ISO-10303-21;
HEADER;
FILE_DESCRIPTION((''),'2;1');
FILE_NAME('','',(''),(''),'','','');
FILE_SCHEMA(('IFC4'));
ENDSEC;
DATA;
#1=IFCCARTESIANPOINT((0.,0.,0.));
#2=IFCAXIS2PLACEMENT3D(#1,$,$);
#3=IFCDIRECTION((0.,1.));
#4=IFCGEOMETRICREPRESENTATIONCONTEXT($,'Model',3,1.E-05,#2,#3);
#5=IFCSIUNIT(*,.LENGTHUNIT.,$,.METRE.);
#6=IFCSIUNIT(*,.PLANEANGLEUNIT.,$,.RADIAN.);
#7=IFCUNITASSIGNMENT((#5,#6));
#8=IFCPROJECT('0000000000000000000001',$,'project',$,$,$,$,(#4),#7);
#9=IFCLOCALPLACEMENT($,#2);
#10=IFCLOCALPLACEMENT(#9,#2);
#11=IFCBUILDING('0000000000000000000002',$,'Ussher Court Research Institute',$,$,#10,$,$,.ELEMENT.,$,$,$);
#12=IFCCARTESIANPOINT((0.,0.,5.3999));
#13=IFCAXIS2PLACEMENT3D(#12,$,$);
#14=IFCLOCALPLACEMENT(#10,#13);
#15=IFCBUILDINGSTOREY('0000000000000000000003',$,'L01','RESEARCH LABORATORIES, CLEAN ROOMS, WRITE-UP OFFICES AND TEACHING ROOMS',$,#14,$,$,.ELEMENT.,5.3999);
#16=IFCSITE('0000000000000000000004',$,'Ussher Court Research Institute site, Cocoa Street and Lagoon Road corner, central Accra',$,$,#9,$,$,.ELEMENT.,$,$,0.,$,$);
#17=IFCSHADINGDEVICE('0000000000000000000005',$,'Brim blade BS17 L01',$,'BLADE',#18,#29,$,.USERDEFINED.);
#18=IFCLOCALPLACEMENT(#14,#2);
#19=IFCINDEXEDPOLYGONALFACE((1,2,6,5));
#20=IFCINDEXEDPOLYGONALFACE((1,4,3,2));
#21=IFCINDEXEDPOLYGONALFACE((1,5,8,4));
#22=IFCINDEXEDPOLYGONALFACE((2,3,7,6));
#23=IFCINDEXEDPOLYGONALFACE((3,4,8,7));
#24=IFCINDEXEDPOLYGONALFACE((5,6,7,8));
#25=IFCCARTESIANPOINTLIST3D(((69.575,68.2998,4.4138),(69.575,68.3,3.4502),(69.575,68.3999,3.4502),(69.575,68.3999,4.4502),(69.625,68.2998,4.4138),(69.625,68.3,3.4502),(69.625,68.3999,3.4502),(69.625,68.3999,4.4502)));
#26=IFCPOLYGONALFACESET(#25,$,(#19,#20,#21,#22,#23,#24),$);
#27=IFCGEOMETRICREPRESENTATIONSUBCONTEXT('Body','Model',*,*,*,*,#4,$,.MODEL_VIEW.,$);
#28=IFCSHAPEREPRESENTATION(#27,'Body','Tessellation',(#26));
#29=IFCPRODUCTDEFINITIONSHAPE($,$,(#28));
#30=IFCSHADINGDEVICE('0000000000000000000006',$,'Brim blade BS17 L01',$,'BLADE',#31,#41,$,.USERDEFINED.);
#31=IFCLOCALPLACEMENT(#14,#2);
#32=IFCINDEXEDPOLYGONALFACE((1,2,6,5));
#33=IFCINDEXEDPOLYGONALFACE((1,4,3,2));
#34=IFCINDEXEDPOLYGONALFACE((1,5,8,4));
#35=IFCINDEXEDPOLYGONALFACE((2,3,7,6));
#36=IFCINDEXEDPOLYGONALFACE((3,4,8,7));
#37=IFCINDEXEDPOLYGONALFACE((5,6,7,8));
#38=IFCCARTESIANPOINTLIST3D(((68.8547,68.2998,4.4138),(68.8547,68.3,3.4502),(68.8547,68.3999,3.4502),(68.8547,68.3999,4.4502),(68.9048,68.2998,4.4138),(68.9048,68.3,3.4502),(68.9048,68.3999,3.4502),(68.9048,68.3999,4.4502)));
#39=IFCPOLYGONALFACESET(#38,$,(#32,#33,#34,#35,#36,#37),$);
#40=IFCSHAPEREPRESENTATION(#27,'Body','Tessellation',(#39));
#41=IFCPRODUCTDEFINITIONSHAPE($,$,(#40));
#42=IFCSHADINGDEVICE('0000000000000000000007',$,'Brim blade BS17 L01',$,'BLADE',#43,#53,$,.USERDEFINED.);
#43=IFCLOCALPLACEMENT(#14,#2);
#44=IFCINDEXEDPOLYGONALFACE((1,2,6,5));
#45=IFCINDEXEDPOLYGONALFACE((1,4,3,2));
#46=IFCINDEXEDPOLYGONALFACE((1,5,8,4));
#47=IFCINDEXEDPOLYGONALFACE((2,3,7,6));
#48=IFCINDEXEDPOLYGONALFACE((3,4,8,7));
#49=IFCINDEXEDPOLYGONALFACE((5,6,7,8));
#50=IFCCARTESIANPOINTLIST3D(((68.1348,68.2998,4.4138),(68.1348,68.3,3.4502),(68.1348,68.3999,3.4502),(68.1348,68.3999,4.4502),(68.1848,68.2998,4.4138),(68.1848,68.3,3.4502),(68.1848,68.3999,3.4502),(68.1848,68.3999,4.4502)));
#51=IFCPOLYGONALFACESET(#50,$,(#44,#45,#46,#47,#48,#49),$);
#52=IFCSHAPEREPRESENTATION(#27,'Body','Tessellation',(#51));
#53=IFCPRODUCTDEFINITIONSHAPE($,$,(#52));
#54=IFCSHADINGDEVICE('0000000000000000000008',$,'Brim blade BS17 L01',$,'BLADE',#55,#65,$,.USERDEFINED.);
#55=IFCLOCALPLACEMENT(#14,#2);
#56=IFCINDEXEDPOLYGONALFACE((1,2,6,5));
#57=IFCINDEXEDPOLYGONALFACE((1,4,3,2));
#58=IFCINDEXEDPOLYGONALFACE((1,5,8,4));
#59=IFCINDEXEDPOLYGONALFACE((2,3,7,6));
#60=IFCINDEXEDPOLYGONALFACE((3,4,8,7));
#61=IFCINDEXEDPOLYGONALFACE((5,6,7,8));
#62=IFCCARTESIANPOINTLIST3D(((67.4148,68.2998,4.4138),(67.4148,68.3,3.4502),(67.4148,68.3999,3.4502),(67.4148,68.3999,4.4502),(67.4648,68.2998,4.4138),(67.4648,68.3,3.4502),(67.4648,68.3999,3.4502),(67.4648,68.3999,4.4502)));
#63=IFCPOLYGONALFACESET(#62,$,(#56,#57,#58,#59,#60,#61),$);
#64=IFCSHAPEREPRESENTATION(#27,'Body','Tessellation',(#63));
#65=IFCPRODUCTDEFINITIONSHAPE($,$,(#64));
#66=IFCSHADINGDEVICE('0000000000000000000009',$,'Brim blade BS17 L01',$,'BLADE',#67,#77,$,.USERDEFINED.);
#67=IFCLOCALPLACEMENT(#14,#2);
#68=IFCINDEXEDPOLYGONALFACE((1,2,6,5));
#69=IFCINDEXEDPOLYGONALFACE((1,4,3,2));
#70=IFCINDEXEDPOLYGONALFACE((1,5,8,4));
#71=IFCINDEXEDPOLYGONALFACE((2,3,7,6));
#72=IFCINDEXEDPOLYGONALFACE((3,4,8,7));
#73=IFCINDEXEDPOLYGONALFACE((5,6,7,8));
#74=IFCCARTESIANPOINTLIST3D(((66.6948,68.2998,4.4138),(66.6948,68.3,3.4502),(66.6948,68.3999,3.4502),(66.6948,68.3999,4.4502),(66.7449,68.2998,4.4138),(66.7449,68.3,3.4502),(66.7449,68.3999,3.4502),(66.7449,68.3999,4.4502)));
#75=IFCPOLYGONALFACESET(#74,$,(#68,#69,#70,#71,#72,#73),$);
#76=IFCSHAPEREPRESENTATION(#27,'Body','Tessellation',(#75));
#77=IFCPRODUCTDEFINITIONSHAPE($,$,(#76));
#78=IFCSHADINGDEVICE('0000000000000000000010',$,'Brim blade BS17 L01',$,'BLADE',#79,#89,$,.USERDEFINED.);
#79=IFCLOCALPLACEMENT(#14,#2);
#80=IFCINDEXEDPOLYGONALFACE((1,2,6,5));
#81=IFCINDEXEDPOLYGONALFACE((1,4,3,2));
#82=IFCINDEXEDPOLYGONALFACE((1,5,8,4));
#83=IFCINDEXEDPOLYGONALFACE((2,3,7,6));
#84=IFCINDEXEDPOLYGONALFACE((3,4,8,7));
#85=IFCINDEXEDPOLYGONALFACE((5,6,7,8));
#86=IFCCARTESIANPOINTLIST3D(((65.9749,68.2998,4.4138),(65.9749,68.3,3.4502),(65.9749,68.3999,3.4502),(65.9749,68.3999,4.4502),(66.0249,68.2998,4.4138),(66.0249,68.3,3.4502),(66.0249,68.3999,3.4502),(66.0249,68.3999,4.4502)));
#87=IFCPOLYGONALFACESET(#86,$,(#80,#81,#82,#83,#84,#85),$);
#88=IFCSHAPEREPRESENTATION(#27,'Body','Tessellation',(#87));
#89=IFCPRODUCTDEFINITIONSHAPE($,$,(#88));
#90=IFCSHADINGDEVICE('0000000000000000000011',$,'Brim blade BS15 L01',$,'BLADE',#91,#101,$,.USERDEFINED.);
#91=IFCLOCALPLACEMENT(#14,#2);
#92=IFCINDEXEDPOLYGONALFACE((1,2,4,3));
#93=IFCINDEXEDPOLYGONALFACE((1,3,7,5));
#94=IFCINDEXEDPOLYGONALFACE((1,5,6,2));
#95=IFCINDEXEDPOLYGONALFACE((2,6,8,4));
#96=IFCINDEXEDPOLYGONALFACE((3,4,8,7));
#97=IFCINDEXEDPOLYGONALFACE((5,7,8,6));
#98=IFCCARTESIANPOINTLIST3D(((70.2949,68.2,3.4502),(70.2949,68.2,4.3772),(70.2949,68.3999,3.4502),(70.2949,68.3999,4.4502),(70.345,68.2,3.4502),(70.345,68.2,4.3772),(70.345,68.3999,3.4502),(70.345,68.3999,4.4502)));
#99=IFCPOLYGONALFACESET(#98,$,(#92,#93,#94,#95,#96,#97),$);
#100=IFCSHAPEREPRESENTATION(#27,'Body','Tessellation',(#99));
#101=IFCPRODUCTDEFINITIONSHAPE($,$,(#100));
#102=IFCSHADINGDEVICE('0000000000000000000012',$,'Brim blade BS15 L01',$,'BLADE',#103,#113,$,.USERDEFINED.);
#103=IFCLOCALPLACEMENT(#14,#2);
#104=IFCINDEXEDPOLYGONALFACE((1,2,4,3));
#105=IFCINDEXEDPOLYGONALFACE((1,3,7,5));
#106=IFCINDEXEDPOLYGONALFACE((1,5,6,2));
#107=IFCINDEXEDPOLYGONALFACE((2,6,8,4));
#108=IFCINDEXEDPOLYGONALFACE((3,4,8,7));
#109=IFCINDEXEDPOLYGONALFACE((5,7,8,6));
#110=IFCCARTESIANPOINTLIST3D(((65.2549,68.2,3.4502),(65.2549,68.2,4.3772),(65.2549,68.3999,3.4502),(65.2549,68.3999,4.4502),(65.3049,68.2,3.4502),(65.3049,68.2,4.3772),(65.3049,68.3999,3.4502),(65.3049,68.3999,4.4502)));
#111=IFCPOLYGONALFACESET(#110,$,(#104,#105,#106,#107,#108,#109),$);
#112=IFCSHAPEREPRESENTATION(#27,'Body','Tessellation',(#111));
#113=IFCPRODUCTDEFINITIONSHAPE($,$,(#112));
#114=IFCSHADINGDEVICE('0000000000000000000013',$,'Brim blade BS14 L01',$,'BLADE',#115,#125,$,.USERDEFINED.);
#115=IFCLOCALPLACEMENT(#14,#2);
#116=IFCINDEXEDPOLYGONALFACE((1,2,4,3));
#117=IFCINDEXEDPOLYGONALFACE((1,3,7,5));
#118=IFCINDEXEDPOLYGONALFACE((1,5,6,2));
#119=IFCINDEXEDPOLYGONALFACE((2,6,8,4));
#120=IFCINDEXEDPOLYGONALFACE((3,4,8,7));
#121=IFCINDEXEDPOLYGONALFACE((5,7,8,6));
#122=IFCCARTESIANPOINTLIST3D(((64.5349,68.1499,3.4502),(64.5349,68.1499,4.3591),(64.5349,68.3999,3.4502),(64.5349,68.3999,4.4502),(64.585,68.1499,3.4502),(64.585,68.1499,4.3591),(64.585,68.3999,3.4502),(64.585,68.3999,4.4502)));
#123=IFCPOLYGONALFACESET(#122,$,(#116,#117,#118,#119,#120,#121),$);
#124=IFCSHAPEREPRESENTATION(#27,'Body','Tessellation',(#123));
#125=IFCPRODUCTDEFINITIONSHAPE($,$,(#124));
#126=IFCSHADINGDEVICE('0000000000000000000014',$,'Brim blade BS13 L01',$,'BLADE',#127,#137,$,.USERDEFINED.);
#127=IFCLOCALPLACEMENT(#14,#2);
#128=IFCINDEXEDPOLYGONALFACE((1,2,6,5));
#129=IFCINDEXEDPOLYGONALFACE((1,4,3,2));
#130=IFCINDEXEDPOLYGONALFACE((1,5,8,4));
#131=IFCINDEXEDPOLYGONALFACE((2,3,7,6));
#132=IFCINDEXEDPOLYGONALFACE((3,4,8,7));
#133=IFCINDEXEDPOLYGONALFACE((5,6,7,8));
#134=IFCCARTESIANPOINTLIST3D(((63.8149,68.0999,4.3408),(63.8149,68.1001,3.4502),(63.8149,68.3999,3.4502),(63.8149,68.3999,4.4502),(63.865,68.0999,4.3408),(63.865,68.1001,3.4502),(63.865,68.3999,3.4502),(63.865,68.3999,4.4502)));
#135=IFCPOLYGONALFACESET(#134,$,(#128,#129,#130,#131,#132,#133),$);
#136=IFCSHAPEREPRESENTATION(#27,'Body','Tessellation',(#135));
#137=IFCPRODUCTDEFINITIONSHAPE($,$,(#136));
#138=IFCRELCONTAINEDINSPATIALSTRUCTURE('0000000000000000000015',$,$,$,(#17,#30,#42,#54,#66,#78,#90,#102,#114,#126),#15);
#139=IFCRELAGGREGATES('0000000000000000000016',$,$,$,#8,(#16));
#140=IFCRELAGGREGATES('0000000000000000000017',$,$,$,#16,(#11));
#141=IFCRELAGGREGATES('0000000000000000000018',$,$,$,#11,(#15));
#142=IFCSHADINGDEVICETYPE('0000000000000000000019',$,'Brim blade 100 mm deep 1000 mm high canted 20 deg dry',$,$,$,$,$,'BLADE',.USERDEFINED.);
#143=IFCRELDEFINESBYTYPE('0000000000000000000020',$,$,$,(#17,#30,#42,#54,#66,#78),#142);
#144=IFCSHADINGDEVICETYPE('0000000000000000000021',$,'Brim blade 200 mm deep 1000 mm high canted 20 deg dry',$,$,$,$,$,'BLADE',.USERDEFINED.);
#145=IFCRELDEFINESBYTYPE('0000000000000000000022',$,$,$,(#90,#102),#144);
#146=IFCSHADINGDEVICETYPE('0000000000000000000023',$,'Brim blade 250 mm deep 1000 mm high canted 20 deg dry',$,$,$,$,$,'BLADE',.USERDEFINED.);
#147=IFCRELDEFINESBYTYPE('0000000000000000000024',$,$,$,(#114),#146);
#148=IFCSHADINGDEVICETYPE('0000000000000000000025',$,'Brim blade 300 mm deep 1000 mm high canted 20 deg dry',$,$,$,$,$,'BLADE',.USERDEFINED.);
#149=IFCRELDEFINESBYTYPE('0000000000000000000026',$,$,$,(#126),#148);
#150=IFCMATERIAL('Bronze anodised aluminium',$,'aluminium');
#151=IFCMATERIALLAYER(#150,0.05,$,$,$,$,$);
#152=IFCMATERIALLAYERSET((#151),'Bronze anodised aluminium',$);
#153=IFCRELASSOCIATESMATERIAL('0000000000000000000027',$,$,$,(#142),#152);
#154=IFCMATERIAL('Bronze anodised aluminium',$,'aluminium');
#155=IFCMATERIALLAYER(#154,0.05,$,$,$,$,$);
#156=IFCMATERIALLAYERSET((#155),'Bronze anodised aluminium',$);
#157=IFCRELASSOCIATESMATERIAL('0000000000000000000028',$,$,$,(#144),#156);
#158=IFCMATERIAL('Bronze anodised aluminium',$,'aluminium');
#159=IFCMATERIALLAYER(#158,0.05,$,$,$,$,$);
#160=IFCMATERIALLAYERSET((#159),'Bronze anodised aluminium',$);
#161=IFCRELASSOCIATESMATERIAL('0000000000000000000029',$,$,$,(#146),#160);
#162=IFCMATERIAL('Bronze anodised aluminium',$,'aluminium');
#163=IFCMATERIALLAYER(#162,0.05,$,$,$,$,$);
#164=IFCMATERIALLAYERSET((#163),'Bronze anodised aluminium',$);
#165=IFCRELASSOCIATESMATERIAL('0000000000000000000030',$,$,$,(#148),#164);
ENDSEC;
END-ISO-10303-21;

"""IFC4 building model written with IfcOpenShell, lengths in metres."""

from ifc_helpers import new_model, si_unit, direction, frame, origin, place, context, subcontext, project, spatial, polyline, outline, extrude, material, layer, layer_set, type_object, element, save


model = new_model("IFC4")

# Units and contexts
model_context = context("Model", 3, precision=1e-05, world=origin(), true_north=direction((0.0, 1.0)))
body_context = subcontext(model_context, "Body", "Model", "MODEL_VIEW")
ifc_project = project(units=[si_unit("LENGTHUNIT", "METRE"), si_unit("PLANEANGLEUNIT", "RADIAN")], contexts=[model_context])

# Site, building, storey
site_placement = place(None, origin())
site = spatial("IfcSite", under=ifc_project, at=site_placement, Name="Ussher Court Research Institute site, Cocoa Street and Lagoon Road corner, central Accra", CompositionType="ELEMENT", RefElevation=0.0)
building_placement = place(site_placement, origin())
building = spatial("IfcBuilding", under=site, at=building_placement, Name="Ussher Court Research Institute", CompositionType="ELEMENT")
storey_placement = place(building_placement, frame((0.0, 0.0, 5.3999)))
storey = spatial("IfcBuildingStorey", under=building, at=storey_placement, Name="L01", Description="RESEARCH LABORATORIES, CLEAN ROOMS, WRITE-UP OFFICES AND TEACHING ROOMS", CompositionType="ELEMENT", Elevation=5.3999)

# Shading devices
ifc_material_1 = material(Name="Bronze anodised aluminium", Category="aluminium")
ifc_layer_1 = layer(ifc_material_1, 0.05)
ifc_layer_set_1 = layer_set([ifc_layer_1], Name="Bronze anodised aluminium")
shading_device_type_1 = type_object("IfcShadingDeviceType", Name="Brim blade 100 mm deep 1000 mm high canted 20 deg dry", ElementType="BLADE", PredefinedType="USERDEFINED", material=ifc_layer_set_1)
for number, where, z_axis, x_axis, name in (
    (1, (69.6001, 68.3999, 3.4502), (0.0, 0.0, 1.0), (0.0, -1.0, 0.0), "Brim blade BS17 L01"),
    (2, (68.8799, 68.3999, 3.4502), (0.0, 0.0, 1.0), (0.0, -1.0, 0.0), "Brim blade BS17 L01"),
    (3, (68.1599, 68.3999, 3.4502), (0.0, 0.0, 1.0), (0.0, -1.0, 0.0), "Brim blade BS17 L01"),
    (4, (67.4399, 68.3999, 3.4502), (0.0, 0.0, 1.0), (0.0, -1.0, 0.0), "Brim blade BS17 L01"),
    (5, (66.72, 68.3999, 3.4502), (0.0, 0.0, 1.0), (0.0, -1.0, 0.0), "Brim blade BS17 L01"),
    (6, (66.0, 68.3999, 3.4502), (0.0, 0.0, 1.0), (0.0, -1.0, 0.0), "Brim blade BS17 L01"),
):
    element("IfcShadingDevice", number, at=place(storey_placement, frame(where, z_axis=z_axis, x_axis=x_axis)), inside=storey, type_object=shading_device_type_1, Name=name, ObjectType="BLADE", PredefinedType="USERDEFINED", context=body_context, shape_type="SweptSolid", body=[
        extrude(outline(polyline([(0.0, 0.0), (0.0999, 0.0), (0.1001, 0.9636), (0.0, 1.0), (0.0, 0.0)])), frame((0.0, 0.0249, 0.0), z_axis=(0.0, -1.0, 0.0), x_axis=(1.0, 0.0, 0.0)), (0.0, 0.0, 1.0), 0.05),
    ])
ifc_material_2 = material(Name="Bronze anodised aluminium", Category="aluminium")
ifc_layer_2 = layer(ifc_material_2, 0.05)
ifc_layer_set_2 = layer_set([ifc_layer_2], Name="Bronze anodised aluminium")
shading_device_type_2 = type_object("IfcShadingDeviceType", Name="Brim blade 200 mm deep 1000 mm high canted 20 deg dry", ElementType="BLADE", PredefinedType="USERDEFINED", material=ifc_layer_set_2)
for number, where, z_axis, x_axis, name in (
    (7, (70.3201, 68.3999, 3.4502), (0.0, 0.0, 1.0), (0.0, -1.0, 0.0), "Brim blade BS15 L01"),
    (8, (65.28, 68.3999, 3.4502), (0.0, 0.0, 1.0), (0.0, -1.0, 0.0), "Brim blade BS15 L01"),
):
    element("IfcShadingDevice", number, at=place(storey_placement, frame(where, z_axis=z_axis, x_axis=x_axis)), inside=storey, type_object=shading_device_type_2, Name=name, ObjectType="BLADE", PredefinedType="USERDEFINED", context=body_context, shape_type="SweptSolid", body=[
        extrude(outline(polyline([(0.0, 0.0), (0.2, 0.0), (0.2, 0.927), (0.0, 1.0), (0.0, 0.0)])), frame((0.0, 0.0249, 0.0), z_axis=(0.0, -1.0, 0.0), x_axis=(1.0, 0.0, 0.0)), (0.0, 0.0, 1.0), 0.05),
    ])
ifc_material_3 = material(Name="Bronze anodised aluminium", Category="aluminium")
ifc_layer_3 = layer(ifc_material_3, 0.05)
ifc_layer_set_3 = layer_set([ifc_layer_3], Name="Bronze anodised aluminium")
shading_device_type_3 = type_object("IfcShadingDeviceType", Name="Brim blade 250 mm deep 1000 mm high canted 20 deg dry", ElementType="BLADE", PredefinedType="USERDEFINED", material=ifc_layer_set_3)
shading_device_1_placement = place(storey_placement, frame((64.5601, 68.3999, 3.4502), z_axis=(0.0, 0.0, 1.0), x_axis=(0.0, -1.0, 0.0)))
element("IfcShadingDevice", 9, at=shading_device_1_placement, inside=storey, type_object=shading_device_type_3, Name="Brim blade BS14 L01", ObjectType="BLADE", PredefinedType="USERDEFINED", context=body_context, shape_type="SweptSolid", body=[
    extrude(outline(polyline([(0.0, 0.0), (0.25, 0.0), (0.25, 0.9089), (0.0, 1.0), (0.0, 0.0)])), frame((0.0, 0.0249, 0.0), z_axis=(0.0, -1.0, 0.0), x_axis=(1.0, 0.0, 0.0)), (0.0, 0.0, 1.0), 0.05),
])
ifc_material_4 = material(Name="Bronze anodised aluminium", Category="aluminium")
ifc_layer_4 = layer(ifc_material_4, 0.05)
ifc_layer_set_4 = layer_set([ifc_layer_4], Name="Bronze anodised aluminium")
shading_device_type_4 = type_object("IfcShadingDeviceType", Name="Brim blade 300 mm deep 1000 mm high canted 20 deg dry", ElementType="BLADE", PredefinedType="USERDEFINED", material=ifc_layer_set_4)
shading_device_2_placement = place(storey_placement, frame((63.8401, 68.3999, 3.4502), z_axis=(0.0, 0.0, 1.0), x_axis=(0.0, -1.0, 0.0)))
element("IfcShadingDevice", 10, at=shading_device_2_placement, inside=storey, type_object=shading_device_type_4, Name="Brim blade BS13 L01", ObjectType="BLADE", PredefinedType="USERDEFINED", context=body_context, shape_type="SweptSolid", body=[
    extrude(outline(polyline([(0.0, 0.0), (0.2998, 0.0), (0.3, 0.8906), (0.0, 1.0), (0.0, 0.0)])), frame((0.0, 0.0249, 0.0), z_axis=(0.0, -1.0, 0.0), x_axis=(1.0, 0.0, 0.0)), (0.0, 0.0, 1.0), 0.05),
])

save(model, "model.ifc")
